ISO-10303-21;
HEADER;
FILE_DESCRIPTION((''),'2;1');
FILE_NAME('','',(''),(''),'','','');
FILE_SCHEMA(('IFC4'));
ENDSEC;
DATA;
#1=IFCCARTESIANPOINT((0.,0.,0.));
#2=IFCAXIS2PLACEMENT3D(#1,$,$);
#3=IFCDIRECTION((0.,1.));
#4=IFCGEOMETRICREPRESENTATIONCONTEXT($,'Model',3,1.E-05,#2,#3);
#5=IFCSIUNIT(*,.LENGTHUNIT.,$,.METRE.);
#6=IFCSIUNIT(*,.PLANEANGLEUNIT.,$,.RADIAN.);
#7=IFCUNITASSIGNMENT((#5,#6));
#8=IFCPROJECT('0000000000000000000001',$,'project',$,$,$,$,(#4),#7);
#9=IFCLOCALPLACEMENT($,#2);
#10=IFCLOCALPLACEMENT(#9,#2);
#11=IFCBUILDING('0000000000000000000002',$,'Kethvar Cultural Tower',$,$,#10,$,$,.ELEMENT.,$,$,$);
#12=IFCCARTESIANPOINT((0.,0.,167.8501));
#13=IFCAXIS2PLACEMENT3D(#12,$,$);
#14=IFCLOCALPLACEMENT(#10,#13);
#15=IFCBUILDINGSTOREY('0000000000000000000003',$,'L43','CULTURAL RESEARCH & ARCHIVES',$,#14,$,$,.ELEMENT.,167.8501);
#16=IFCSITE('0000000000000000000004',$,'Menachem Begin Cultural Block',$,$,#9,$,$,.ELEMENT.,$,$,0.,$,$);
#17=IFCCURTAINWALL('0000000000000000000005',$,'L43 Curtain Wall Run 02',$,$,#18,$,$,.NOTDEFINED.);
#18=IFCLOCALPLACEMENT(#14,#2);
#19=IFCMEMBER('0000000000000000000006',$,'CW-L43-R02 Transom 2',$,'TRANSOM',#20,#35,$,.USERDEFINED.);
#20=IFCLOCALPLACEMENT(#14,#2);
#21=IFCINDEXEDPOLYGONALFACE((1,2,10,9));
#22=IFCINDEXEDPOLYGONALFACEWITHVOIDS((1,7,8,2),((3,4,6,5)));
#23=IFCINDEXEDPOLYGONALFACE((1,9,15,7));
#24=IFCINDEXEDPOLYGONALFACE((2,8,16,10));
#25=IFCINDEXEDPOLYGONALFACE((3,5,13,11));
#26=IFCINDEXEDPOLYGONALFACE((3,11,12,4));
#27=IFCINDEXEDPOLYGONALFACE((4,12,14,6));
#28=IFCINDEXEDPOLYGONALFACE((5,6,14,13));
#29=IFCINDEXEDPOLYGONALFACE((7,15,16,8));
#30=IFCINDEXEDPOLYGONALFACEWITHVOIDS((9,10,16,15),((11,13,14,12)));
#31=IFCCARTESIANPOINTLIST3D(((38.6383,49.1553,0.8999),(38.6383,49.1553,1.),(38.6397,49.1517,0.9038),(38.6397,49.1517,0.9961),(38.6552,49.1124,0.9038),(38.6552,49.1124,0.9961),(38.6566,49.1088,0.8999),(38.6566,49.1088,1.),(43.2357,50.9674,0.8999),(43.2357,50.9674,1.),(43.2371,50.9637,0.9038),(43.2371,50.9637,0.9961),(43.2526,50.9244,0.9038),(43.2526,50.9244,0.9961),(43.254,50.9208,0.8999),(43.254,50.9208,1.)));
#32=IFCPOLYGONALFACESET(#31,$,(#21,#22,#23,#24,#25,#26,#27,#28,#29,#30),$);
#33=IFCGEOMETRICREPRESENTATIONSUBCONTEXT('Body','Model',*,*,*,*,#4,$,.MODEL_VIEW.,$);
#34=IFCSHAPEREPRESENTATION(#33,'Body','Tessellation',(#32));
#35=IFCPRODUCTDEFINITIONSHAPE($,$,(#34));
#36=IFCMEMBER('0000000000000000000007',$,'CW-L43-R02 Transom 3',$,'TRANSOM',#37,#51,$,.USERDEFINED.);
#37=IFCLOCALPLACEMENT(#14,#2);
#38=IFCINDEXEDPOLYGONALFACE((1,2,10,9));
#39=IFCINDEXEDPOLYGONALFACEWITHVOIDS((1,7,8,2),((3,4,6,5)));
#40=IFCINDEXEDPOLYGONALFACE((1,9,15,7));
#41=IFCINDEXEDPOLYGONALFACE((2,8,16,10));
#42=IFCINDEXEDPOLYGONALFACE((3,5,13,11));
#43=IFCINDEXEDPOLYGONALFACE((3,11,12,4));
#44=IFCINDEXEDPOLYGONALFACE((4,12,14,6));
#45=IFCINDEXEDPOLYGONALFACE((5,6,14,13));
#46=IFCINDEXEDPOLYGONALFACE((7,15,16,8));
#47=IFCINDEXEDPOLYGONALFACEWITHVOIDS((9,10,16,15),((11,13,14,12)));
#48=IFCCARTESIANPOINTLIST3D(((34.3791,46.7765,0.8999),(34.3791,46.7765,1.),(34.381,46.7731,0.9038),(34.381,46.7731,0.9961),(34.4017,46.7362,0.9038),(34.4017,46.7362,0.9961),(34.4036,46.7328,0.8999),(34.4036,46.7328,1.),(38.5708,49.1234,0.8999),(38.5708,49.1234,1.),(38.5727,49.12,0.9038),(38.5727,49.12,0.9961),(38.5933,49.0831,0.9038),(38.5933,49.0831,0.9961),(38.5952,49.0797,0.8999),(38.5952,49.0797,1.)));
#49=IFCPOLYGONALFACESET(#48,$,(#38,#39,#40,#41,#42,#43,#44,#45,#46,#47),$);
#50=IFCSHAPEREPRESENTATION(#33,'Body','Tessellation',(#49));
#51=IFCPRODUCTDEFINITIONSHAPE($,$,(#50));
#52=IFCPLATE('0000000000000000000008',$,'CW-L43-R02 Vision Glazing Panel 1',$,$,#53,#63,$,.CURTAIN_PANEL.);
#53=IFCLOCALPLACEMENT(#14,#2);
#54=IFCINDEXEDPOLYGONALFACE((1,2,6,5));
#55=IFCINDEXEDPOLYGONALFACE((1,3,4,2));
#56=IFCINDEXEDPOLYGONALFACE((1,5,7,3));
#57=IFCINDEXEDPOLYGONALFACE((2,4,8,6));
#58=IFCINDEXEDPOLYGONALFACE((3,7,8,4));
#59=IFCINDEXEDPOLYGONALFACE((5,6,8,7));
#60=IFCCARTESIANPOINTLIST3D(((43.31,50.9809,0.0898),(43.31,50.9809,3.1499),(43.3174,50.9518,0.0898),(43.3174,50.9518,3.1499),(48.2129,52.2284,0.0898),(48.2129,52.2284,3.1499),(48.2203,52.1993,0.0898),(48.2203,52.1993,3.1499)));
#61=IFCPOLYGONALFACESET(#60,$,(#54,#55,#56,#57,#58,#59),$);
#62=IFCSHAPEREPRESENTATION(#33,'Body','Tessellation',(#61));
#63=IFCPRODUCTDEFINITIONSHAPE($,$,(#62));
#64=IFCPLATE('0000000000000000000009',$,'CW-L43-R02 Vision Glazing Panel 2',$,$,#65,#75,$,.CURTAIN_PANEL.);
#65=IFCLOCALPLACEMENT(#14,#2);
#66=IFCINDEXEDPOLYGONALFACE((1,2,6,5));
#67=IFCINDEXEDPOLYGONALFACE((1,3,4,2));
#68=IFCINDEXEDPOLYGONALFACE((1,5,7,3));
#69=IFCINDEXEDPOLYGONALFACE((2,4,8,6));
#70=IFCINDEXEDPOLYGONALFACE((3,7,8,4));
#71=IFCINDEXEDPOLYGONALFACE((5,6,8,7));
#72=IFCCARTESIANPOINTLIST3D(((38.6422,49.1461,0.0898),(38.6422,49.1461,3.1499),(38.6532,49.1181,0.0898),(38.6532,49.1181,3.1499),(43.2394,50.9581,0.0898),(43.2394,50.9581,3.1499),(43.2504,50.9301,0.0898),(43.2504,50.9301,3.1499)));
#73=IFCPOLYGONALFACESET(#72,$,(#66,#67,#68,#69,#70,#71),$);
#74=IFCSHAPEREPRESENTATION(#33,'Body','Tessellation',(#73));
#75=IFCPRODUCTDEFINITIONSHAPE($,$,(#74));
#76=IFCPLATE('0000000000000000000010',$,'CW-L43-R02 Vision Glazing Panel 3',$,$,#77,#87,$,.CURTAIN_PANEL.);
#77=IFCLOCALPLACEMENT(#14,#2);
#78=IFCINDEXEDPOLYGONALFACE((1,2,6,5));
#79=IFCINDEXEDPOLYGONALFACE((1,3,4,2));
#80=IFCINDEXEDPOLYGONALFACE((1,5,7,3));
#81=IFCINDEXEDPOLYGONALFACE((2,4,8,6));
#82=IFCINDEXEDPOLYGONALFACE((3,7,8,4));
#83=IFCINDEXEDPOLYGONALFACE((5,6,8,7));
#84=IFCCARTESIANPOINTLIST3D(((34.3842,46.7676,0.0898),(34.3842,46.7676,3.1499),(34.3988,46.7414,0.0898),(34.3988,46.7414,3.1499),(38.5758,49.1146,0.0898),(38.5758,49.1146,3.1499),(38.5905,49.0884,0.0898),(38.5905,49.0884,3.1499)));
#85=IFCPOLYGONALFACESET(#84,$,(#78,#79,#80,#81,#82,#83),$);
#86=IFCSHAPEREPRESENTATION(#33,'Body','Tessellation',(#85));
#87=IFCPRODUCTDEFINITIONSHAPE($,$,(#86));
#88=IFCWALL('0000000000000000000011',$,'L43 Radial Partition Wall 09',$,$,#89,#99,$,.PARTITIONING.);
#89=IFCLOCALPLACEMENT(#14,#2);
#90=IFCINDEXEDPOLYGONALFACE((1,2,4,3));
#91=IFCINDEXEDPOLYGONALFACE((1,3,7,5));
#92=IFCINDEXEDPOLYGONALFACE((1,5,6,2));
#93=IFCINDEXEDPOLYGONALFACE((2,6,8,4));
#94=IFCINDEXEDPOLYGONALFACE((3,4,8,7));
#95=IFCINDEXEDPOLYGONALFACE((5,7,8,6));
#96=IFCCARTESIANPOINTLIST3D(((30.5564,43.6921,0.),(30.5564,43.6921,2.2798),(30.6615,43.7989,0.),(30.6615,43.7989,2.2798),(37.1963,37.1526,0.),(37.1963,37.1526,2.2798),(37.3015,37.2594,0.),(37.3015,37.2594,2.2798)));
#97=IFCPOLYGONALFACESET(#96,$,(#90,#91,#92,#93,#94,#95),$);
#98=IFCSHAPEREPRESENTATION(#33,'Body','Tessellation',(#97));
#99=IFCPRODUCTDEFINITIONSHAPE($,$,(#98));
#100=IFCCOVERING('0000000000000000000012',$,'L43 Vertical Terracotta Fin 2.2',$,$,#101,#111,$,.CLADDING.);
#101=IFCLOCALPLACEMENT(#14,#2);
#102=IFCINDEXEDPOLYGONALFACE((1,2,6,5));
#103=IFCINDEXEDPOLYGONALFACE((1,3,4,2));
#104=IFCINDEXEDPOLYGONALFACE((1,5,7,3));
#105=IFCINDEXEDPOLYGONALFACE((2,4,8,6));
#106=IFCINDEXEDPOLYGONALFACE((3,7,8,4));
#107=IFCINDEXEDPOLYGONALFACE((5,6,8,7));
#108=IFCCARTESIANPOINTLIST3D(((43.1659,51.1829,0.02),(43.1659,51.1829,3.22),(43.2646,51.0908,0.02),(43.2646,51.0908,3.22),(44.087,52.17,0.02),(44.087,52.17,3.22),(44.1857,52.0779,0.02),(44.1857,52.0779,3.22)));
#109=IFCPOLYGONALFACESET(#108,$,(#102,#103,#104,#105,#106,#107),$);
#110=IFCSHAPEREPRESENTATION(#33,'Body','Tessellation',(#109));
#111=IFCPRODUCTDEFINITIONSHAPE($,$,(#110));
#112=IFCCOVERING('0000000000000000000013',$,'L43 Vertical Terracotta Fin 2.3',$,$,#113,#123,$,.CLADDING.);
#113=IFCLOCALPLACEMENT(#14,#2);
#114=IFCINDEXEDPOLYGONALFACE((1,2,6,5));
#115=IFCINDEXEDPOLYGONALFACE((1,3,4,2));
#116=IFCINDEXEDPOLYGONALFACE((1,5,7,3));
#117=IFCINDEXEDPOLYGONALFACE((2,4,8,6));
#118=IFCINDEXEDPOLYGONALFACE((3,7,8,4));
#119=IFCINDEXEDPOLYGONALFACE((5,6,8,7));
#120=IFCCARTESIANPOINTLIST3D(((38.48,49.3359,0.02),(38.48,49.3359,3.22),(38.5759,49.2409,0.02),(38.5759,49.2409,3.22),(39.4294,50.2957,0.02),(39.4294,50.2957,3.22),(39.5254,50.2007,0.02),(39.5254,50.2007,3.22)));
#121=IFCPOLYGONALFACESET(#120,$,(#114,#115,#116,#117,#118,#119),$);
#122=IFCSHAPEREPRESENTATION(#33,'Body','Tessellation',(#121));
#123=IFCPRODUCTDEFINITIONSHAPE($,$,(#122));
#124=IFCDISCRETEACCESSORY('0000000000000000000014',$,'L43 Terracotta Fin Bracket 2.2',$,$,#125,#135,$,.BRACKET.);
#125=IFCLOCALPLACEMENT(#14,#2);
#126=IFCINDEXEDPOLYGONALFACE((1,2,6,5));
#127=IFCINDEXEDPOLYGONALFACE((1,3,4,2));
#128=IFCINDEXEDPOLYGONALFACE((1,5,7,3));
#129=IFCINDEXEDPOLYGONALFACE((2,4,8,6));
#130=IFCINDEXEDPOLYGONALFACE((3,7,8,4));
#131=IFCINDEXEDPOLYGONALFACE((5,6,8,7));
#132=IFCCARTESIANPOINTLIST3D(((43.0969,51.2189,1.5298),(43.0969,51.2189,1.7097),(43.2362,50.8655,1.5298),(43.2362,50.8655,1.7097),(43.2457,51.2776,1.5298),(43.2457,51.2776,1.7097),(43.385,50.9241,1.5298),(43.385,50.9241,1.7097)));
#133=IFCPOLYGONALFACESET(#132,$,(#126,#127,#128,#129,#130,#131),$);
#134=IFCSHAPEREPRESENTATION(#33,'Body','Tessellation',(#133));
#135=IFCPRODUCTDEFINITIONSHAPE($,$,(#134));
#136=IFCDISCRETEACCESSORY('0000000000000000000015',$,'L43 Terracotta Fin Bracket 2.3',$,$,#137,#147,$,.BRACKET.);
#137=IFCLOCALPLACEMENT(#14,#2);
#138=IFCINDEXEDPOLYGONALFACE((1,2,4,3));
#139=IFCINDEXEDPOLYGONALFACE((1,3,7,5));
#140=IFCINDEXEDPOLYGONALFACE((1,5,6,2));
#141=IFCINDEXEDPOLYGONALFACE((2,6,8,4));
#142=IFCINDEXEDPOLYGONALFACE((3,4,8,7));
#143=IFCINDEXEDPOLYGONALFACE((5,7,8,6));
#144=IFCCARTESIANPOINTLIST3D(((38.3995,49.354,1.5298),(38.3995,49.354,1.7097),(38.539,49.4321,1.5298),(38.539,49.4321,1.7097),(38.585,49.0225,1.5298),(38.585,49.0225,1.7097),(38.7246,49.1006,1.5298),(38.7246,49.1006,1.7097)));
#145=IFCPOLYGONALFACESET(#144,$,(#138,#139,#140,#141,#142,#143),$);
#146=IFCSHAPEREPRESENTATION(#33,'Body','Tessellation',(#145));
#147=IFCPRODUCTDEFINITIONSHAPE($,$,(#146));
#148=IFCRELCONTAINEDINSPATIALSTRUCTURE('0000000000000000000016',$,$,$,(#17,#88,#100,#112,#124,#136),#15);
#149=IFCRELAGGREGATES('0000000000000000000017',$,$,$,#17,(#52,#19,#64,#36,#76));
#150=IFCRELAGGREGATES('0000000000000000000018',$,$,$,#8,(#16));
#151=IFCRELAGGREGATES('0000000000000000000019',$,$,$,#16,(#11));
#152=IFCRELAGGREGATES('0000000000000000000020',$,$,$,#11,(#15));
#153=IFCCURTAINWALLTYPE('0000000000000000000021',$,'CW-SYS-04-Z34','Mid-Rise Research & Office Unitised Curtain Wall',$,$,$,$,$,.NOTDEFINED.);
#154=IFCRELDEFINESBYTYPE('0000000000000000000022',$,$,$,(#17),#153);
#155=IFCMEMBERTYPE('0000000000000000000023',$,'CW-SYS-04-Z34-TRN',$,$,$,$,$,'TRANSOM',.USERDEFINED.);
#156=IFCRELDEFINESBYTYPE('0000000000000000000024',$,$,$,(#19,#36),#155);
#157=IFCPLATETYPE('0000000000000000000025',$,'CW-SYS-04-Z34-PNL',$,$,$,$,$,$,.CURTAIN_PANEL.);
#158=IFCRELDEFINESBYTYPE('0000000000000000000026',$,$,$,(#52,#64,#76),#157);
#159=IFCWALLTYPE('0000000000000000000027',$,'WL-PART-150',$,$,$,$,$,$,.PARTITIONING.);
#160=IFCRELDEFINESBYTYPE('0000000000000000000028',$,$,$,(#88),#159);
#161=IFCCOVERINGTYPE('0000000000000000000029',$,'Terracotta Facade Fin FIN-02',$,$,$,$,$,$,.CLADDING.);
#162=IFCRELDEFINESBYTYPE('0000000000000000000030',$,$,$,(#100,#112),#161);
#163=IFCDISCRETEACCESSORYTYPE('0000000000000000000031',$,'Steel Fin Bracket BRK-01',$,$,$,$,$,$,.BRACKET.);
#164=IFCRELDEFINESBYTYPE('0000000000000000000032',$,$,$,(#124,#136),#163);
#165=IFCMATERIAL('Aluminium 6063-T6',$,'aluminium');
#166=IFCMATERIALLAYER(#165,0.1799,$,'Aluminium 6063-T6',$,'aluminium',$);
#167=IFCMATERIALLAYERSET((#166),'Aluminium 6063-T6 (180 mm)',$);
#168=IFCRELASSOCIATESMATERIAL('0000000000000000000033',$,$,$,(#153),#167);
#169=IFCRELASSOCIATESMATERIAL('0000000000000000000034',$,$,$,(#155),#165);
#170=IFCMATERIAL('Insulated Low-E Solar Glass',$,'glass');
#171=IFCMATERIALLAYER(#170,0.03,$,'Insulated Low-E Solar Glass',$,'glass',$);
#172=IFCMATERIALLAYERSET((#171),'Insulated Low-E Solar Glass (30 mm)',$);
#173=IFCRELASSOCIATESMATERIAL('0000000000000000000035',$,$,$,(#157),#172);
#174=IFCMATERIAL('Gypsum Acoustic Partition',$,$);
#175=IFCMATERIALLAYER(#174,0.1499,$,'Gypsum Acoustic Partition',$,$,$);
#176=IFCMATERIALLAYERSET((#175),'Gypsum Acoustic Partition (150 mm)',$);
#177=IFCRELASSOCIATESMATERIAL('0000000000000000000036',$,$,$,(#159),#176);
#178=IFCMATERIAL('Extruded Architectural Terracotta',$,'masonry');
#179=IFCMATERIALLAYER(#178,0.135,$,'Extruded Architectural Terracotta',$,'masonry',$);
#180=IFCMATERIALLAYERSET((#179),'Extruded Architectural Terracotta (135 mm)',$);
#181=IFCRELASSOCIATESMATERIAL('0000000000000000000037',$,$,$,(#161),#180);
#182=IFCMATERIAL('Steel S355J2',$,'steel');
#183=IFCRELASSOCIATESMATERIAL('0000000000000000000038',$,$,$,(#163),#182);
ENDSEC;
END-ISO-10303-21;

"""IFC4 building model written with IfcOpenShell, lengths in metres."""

from ifc_helpers import new_model, si_unit, direction, frame, frame_2d, origin, origin_2d, place, context, subcontext, project, spatial, rectangle, hollow_rectangle, extrude, source, transform, mapped, material, layer, layer_set, material_profile, profile_set, type_object, element, aggregate, save


model = new_model("IFC4")

# Units and contexts
model_context = context("Model", 3, precision=1e-05, world=origin(), true_north=direction((0.0, 1.0)))
body_context = subcontext(model_context, "Body", "Model", "MODEL_VIEW")
ifc_project = project(units=[si_unit("LENGTHUNIT", "METRE"), si_unit("PLANEANGLEUNIT", "RADIAN")], contexts=[model_context])

# Site, building, storey
site_placement = place(None, origin())
site = spatial("IfcSite", under=ifc_project, at=site_placement, Name="Menachem Begin Cultural Block", CompositionType="ELEMENT", RefElevation=0.0)
building_placement = place(site_placement, origin())
building = spatial("IfcBuilding", under=site, at=building_placement, Name="Kethvar Cultural Tower", CompositionType="ELEMENT")
storey_placement = place(building_placement, frame((0.0, 0.0, 167.8501)))
storey = spatial("IfcBuildingStorey", under=building, at=storey_placement, Name="L43", Description="CULTURAL RESEARCH & ARCHIVES", CompositionType="ELEMENT", Elevation=167.8501)

# Shared definitions
ifc_material_1 = material(Name="Steel S355J2", Category="steel")

# Curtain wall, members, plates
ifc_material_2 = material(Name="Aluminium 6063-T6", Category="aluminium")
ifc_layer_1 = layer(ifc_material_2, 0.1799, Name="Aluminium 6063-T6", Category="aluminium")
ifc_layer_set_1 = layer_set([ifc_layer_1], Name="Aluminium 6063-T6 (180 mm)")
curtain_wall_type = type_object("IfcCurtainWallType", Name="CW-SYS-04-Z34", Description="Mid-Rise Research & Office Unitised Curtain Wall", PredefinedType="NOTDEFINED", material=ifc_layer_set_1)
curtain_wall_placement = place(storey_placement, origin())
curtain_wall = element("IfcCurtainWall", 1, at=curtain_wall_placement, inside=storey, type_object=curtain_wall_type, Name="L43 Curtain Wall Run 02", PredefinedType="NOTDEFINED")
ifc_material_profile_1 = material_profile(ifc_material_2, hollow_rectangle(XDim=0.05, YDim=0.1001, WallThickness=0.0039, at=origin_2d()), Name="Aluminium 6063-T6 — RHS100x50x4")
ifc_profile_set_1 = profile_set([ifc_material_profile_1], Name="Aluminium 6063-T6 — RHS100x50x4")
member_type_1 = type_object("IfcMemberType", Name="CW-SYS-04-Z34-TRN", ElementType="TRANSOM", PredefinedType="USERDEFINED", material=ifc_profile_set_1)
shared_shape_1 = source(origin(), body_context, "Body", "SweptSolid", [
    extrude(hollow_rectangle(XDim=0.05, YDim=0.1001, WallThickness=0.0039, at=origin_2d()), origin(), (0.0, 0.0, 1.0), 4.9417),
])
member_1_placement = place(storey_placement, frame((43.2449, 50.9441, 0.95), z_axis=(-0.930346, -0.366684, 0.0), x_axis=(0.366684, -0.930346, 0.0)))
member_1 = element("IfcMember", 2, at=member_1_placement, type_object=member_type_1, Name="CW-L43-R02 Transom 2", ObjectType="TRANSOM", PredefinedType="USERDEFINED", context=body_context, shape_type="MappedRepresentation", body=[
    mapped(shared_shape_1, transform((0.0, 0.0, 0.0), scale=1.0)),
])
shared_shape_2 = source(origin(), body_context, "Body", "SweptSolid", [
    extrude(hollow_rectangle(XDim=0.05, YDim=0.1001, WallThickness=0.0039, at=origin_2d()), origin(), (0.0, 0.0, 1.0), 4.804),
])
member_2_placement = place(storey_placement, frame((38.583, 49.1016, 0.95), z_axis=(-0.872542, -0.48854, 0.0), x_axis=(0.48854, -0.872542, 0.0)))
member_2 = element("IfcMember", 3, at=member_2_placement, type_object=member_type_1, Name="CW-L43-R02 Transom 3", ObjectType="TRANSOM", PredefinedType="USERDEFINED", context=body_context, shape_type="MappedRepresentation", body=[
    mapped(shared_shape_2, transform((0.0, 0.0, 0.0), scale=1.0)),
])
ifc_material_3 = material(Name="Insulated Low-E Solar Glass", Category="glass")
ifc_layer_2 = layer(ifc_material_3, 0.03, Name="Insulated Low-E Solar Glass", Category="glass")
ifc_layer_set_2 = layer_set([ifc_layer_2], Name="Insulated Low-E Solar Glass (30 mm)")
plate_type = type_object("IfcPlateType", Name="CW-SYS-04-Z34-PNL", PredefinedType="CURTAIN_PANEL", material=ifc_layer_set_2)
shared_shape_3 = source(origin(), body_context, "Body", "SweptSolid", [
    extrude(rectangle(XDim=5.0591, YDim=0.03, at=origin_2d()), origin(), (0.0, 0.0, 1.0), 3.0601),
])
plate_1_placement = place(storey_placement, frame((45.7651, 51.5901, 0.0898), z_axis=(0.0, 0.0, 1.0), x_axis=(-0.969119, -0.246593, 0.0)))
plate_1 = element("IfcPlate", 4, at=plate_1_placement, type_object=plate_type, Name="CW-L43-R02 Vision Glazing Panel 1", PredefinedType="CURTAIN_PANEL", context=body_context, shape_type="MappedRepresentation", body=[
    mapped(shared_shape_3, transform((0.0, 0.0, 0.0), scale=1.0)),
])
shared_shape_4 = source(origin(), body_context, "Body", "SweptSolid", [
    extrude(rectangle(XDim=4.9414, YDim=0.03, at=origin_2d()), origin(), (0.0, 0.0, 1.0), 3.0601),
])
plate_2_placement = place(storey_placement, frame((40.9463, 50.0381, 0.0898), z_axis=(0.0, 0.0, 1.0), x_axis=(-0.930341, -0.366696, 0.0)))
plate_2 = element("IfcPlate", 5, at=plate_2_placement, type_object=plate_type, Name="CW-L43-R02 Vision Glazing Panel 2", PredefinedType="CURTAIN_PANEL", context=body_context, shape_type="MappedRepresentation", body=[
    mapped(shared_shape_4, transform((0.0, 0.0, 0.0), scale=1.0)),
])
shared_shape_5 = source(origin(), body_context, "Body", "SweptSolid", [
    extrude(rectangle(XDim=4.804, YDim=0.03, at=origin_2d()), origin(), (0.0, 0.0, 1.0), 3.0601),
])
plate_3_placement = place(storey_placement, frame((36.4873, 47.928, 0.0898), z_axis=(0.0, 0.0, 1.0), x_axis=(-0.872539, -0.488545, 0.0)))
plate_3 = element("IfcPlate", 6, at=plate_3_placement, type_object=plate_type, Name="CW-L43-R02 Vision Glazing Panel 3", PredefinedType="CURTAIN_PANEL", context=body_context, shape_type="MappedRepresentation", body=[
    mapped(shared_shape_5, transform((0.0, 0.0, 0.0), scale=1.0)),
])
aggregate(curtain_wall, [plate_1, member_1, plate_2, member_2, plate_3])

# Wall
ifc_material_4 = material(Name="Gypsum Acoustic Partition")
ifc_layer_3 = layer(ifc_material_4, 0.1499, Name="Gypsum Acoustic Partition")
ifc_layer_set_3 = layer_set([ifc_layer_3], Name="Gypsum Acoustic Partition (150 mm)")
wall_type = type_object("IfcWallType", Name="WL-PART-150", PredefinedType="PARTITIONING", material=ifc_layer_set_3)
wall_placement = place(storey_placement, frame((37.2488, 37.2061, 0.0), z_axis=(0.0, 0.0, 1.0), x_axis=(-0.71247, 0.701703, 0.0)))
element("IfcWall", 7, at=wall_placement, inside=storey, type_object=wall_type, Name="L43 Radial Partition Wall 09", PredefinedType="PARTITIONING", context=body_context, shape_type="SweptSolid", body=[
    extrude(rectangle(XDim=9.3196, YDim=0.1499, at=frame_2d((4.6597, 0.0))), origin(), (0.0, 0.0, 1.0), 2.2798),
])

# Coverings
ifc_material_5 = material(Name="Extruded Architectural Terracotta", Category="masonry")
ifc_layer_4 = layer(ifc_material_5, 0.135, Name="Extruded Architectural Terracotta", Category="masonry")
ifc_layer_set_4 = layer_set([ifc_layer_4], Name="Extruded Architectural Terracotta (135 mm)")
covering_type = type_object("IfcCoveringType", Name="Terracotta Facade Fin FIN-02", PredefinedType="CLADDING", material=ifc_layer_set_4)
shared_shape_6 = source(origin(), body_context, "Body", "SweptSolid", [
    extrude(rectangle(XDim=1.3501, YDim=0.135, at=origin_2d()), origin(), (0.0, 0.0, 1.0), 3.2),
])
for number, where, z_axis, x_axis, name in (
    (8, (43.6758, 51.6304, 0.02), (0.0, 0.0, 1.0), (0.682254, 0.731116, 0.0), "L43 Vertical Terracotta Fin 2.2"),
    (9, (39.0027, 49.7683, 0.02), (0.0, 0.0, 1.0), (0.703271, 0.710922, 0.0), "L43 Vertical Terracotta Fin 2.3"),
):
    element("IfcCovering", number, at=place(storey_placement, frame(where, z_axis=z_axis, x_axis=x_axis)), inside=storey, type_object=covering_type, Name=name, PredefinedType="CLADDING", context=body_context, shape_type="MappedRepresentation", body=[
        mapped(shared_shape_6, transform((0.0, 0.0, 0.0), scale=1.0)),
    ])

# Discrete accessories
discrete_accessory_type = type_object("IfcDiscreteAccessoryType", Name="Steel Fin Bracket BRK-01", PredefinedType="BRACKET", material=ifc_material_1)
shared_shape_7 = source(origin(), body_context, "Body", "SweptSolid", [
    extrude(rectangle(XDim=0.3799, YDim=0.1599, at=origin_2d()), origin(), (0.0, 0.0, 1.0), 0.1799),
])
for number, where, z_axis, x_axis, name in (
    (10, (43.241, 51.0715, 1.5298), (0.0, 0.0, 1.0), (-0.366664, 0.930354, 0.0), "L43 Terracotta Fin Bracket 2.2"),
    (11, (38.562, 49.2273, 1.5298), (0.0, 0.0, 1.0), (-0.488469, 0.872581, 0.0), "L43 Terracotta Fin Bracket 2.3"),
):
    element("IfcDiscreteAccessory", number, at=place(storey_placement, frame(where, z_axis=z_axis, x_axis=x_axis)), inside=storey, type_object=discrete_accessory_type, Name=name, PredefinedType="BRACKET", context=body_context, shape_type="MappedRepresentation", body=[
        mapped(shared_shape_7, transform((0.0, 0.0, 0.0), scale=1.0)),
    ])

save(model, "model.ifc")
